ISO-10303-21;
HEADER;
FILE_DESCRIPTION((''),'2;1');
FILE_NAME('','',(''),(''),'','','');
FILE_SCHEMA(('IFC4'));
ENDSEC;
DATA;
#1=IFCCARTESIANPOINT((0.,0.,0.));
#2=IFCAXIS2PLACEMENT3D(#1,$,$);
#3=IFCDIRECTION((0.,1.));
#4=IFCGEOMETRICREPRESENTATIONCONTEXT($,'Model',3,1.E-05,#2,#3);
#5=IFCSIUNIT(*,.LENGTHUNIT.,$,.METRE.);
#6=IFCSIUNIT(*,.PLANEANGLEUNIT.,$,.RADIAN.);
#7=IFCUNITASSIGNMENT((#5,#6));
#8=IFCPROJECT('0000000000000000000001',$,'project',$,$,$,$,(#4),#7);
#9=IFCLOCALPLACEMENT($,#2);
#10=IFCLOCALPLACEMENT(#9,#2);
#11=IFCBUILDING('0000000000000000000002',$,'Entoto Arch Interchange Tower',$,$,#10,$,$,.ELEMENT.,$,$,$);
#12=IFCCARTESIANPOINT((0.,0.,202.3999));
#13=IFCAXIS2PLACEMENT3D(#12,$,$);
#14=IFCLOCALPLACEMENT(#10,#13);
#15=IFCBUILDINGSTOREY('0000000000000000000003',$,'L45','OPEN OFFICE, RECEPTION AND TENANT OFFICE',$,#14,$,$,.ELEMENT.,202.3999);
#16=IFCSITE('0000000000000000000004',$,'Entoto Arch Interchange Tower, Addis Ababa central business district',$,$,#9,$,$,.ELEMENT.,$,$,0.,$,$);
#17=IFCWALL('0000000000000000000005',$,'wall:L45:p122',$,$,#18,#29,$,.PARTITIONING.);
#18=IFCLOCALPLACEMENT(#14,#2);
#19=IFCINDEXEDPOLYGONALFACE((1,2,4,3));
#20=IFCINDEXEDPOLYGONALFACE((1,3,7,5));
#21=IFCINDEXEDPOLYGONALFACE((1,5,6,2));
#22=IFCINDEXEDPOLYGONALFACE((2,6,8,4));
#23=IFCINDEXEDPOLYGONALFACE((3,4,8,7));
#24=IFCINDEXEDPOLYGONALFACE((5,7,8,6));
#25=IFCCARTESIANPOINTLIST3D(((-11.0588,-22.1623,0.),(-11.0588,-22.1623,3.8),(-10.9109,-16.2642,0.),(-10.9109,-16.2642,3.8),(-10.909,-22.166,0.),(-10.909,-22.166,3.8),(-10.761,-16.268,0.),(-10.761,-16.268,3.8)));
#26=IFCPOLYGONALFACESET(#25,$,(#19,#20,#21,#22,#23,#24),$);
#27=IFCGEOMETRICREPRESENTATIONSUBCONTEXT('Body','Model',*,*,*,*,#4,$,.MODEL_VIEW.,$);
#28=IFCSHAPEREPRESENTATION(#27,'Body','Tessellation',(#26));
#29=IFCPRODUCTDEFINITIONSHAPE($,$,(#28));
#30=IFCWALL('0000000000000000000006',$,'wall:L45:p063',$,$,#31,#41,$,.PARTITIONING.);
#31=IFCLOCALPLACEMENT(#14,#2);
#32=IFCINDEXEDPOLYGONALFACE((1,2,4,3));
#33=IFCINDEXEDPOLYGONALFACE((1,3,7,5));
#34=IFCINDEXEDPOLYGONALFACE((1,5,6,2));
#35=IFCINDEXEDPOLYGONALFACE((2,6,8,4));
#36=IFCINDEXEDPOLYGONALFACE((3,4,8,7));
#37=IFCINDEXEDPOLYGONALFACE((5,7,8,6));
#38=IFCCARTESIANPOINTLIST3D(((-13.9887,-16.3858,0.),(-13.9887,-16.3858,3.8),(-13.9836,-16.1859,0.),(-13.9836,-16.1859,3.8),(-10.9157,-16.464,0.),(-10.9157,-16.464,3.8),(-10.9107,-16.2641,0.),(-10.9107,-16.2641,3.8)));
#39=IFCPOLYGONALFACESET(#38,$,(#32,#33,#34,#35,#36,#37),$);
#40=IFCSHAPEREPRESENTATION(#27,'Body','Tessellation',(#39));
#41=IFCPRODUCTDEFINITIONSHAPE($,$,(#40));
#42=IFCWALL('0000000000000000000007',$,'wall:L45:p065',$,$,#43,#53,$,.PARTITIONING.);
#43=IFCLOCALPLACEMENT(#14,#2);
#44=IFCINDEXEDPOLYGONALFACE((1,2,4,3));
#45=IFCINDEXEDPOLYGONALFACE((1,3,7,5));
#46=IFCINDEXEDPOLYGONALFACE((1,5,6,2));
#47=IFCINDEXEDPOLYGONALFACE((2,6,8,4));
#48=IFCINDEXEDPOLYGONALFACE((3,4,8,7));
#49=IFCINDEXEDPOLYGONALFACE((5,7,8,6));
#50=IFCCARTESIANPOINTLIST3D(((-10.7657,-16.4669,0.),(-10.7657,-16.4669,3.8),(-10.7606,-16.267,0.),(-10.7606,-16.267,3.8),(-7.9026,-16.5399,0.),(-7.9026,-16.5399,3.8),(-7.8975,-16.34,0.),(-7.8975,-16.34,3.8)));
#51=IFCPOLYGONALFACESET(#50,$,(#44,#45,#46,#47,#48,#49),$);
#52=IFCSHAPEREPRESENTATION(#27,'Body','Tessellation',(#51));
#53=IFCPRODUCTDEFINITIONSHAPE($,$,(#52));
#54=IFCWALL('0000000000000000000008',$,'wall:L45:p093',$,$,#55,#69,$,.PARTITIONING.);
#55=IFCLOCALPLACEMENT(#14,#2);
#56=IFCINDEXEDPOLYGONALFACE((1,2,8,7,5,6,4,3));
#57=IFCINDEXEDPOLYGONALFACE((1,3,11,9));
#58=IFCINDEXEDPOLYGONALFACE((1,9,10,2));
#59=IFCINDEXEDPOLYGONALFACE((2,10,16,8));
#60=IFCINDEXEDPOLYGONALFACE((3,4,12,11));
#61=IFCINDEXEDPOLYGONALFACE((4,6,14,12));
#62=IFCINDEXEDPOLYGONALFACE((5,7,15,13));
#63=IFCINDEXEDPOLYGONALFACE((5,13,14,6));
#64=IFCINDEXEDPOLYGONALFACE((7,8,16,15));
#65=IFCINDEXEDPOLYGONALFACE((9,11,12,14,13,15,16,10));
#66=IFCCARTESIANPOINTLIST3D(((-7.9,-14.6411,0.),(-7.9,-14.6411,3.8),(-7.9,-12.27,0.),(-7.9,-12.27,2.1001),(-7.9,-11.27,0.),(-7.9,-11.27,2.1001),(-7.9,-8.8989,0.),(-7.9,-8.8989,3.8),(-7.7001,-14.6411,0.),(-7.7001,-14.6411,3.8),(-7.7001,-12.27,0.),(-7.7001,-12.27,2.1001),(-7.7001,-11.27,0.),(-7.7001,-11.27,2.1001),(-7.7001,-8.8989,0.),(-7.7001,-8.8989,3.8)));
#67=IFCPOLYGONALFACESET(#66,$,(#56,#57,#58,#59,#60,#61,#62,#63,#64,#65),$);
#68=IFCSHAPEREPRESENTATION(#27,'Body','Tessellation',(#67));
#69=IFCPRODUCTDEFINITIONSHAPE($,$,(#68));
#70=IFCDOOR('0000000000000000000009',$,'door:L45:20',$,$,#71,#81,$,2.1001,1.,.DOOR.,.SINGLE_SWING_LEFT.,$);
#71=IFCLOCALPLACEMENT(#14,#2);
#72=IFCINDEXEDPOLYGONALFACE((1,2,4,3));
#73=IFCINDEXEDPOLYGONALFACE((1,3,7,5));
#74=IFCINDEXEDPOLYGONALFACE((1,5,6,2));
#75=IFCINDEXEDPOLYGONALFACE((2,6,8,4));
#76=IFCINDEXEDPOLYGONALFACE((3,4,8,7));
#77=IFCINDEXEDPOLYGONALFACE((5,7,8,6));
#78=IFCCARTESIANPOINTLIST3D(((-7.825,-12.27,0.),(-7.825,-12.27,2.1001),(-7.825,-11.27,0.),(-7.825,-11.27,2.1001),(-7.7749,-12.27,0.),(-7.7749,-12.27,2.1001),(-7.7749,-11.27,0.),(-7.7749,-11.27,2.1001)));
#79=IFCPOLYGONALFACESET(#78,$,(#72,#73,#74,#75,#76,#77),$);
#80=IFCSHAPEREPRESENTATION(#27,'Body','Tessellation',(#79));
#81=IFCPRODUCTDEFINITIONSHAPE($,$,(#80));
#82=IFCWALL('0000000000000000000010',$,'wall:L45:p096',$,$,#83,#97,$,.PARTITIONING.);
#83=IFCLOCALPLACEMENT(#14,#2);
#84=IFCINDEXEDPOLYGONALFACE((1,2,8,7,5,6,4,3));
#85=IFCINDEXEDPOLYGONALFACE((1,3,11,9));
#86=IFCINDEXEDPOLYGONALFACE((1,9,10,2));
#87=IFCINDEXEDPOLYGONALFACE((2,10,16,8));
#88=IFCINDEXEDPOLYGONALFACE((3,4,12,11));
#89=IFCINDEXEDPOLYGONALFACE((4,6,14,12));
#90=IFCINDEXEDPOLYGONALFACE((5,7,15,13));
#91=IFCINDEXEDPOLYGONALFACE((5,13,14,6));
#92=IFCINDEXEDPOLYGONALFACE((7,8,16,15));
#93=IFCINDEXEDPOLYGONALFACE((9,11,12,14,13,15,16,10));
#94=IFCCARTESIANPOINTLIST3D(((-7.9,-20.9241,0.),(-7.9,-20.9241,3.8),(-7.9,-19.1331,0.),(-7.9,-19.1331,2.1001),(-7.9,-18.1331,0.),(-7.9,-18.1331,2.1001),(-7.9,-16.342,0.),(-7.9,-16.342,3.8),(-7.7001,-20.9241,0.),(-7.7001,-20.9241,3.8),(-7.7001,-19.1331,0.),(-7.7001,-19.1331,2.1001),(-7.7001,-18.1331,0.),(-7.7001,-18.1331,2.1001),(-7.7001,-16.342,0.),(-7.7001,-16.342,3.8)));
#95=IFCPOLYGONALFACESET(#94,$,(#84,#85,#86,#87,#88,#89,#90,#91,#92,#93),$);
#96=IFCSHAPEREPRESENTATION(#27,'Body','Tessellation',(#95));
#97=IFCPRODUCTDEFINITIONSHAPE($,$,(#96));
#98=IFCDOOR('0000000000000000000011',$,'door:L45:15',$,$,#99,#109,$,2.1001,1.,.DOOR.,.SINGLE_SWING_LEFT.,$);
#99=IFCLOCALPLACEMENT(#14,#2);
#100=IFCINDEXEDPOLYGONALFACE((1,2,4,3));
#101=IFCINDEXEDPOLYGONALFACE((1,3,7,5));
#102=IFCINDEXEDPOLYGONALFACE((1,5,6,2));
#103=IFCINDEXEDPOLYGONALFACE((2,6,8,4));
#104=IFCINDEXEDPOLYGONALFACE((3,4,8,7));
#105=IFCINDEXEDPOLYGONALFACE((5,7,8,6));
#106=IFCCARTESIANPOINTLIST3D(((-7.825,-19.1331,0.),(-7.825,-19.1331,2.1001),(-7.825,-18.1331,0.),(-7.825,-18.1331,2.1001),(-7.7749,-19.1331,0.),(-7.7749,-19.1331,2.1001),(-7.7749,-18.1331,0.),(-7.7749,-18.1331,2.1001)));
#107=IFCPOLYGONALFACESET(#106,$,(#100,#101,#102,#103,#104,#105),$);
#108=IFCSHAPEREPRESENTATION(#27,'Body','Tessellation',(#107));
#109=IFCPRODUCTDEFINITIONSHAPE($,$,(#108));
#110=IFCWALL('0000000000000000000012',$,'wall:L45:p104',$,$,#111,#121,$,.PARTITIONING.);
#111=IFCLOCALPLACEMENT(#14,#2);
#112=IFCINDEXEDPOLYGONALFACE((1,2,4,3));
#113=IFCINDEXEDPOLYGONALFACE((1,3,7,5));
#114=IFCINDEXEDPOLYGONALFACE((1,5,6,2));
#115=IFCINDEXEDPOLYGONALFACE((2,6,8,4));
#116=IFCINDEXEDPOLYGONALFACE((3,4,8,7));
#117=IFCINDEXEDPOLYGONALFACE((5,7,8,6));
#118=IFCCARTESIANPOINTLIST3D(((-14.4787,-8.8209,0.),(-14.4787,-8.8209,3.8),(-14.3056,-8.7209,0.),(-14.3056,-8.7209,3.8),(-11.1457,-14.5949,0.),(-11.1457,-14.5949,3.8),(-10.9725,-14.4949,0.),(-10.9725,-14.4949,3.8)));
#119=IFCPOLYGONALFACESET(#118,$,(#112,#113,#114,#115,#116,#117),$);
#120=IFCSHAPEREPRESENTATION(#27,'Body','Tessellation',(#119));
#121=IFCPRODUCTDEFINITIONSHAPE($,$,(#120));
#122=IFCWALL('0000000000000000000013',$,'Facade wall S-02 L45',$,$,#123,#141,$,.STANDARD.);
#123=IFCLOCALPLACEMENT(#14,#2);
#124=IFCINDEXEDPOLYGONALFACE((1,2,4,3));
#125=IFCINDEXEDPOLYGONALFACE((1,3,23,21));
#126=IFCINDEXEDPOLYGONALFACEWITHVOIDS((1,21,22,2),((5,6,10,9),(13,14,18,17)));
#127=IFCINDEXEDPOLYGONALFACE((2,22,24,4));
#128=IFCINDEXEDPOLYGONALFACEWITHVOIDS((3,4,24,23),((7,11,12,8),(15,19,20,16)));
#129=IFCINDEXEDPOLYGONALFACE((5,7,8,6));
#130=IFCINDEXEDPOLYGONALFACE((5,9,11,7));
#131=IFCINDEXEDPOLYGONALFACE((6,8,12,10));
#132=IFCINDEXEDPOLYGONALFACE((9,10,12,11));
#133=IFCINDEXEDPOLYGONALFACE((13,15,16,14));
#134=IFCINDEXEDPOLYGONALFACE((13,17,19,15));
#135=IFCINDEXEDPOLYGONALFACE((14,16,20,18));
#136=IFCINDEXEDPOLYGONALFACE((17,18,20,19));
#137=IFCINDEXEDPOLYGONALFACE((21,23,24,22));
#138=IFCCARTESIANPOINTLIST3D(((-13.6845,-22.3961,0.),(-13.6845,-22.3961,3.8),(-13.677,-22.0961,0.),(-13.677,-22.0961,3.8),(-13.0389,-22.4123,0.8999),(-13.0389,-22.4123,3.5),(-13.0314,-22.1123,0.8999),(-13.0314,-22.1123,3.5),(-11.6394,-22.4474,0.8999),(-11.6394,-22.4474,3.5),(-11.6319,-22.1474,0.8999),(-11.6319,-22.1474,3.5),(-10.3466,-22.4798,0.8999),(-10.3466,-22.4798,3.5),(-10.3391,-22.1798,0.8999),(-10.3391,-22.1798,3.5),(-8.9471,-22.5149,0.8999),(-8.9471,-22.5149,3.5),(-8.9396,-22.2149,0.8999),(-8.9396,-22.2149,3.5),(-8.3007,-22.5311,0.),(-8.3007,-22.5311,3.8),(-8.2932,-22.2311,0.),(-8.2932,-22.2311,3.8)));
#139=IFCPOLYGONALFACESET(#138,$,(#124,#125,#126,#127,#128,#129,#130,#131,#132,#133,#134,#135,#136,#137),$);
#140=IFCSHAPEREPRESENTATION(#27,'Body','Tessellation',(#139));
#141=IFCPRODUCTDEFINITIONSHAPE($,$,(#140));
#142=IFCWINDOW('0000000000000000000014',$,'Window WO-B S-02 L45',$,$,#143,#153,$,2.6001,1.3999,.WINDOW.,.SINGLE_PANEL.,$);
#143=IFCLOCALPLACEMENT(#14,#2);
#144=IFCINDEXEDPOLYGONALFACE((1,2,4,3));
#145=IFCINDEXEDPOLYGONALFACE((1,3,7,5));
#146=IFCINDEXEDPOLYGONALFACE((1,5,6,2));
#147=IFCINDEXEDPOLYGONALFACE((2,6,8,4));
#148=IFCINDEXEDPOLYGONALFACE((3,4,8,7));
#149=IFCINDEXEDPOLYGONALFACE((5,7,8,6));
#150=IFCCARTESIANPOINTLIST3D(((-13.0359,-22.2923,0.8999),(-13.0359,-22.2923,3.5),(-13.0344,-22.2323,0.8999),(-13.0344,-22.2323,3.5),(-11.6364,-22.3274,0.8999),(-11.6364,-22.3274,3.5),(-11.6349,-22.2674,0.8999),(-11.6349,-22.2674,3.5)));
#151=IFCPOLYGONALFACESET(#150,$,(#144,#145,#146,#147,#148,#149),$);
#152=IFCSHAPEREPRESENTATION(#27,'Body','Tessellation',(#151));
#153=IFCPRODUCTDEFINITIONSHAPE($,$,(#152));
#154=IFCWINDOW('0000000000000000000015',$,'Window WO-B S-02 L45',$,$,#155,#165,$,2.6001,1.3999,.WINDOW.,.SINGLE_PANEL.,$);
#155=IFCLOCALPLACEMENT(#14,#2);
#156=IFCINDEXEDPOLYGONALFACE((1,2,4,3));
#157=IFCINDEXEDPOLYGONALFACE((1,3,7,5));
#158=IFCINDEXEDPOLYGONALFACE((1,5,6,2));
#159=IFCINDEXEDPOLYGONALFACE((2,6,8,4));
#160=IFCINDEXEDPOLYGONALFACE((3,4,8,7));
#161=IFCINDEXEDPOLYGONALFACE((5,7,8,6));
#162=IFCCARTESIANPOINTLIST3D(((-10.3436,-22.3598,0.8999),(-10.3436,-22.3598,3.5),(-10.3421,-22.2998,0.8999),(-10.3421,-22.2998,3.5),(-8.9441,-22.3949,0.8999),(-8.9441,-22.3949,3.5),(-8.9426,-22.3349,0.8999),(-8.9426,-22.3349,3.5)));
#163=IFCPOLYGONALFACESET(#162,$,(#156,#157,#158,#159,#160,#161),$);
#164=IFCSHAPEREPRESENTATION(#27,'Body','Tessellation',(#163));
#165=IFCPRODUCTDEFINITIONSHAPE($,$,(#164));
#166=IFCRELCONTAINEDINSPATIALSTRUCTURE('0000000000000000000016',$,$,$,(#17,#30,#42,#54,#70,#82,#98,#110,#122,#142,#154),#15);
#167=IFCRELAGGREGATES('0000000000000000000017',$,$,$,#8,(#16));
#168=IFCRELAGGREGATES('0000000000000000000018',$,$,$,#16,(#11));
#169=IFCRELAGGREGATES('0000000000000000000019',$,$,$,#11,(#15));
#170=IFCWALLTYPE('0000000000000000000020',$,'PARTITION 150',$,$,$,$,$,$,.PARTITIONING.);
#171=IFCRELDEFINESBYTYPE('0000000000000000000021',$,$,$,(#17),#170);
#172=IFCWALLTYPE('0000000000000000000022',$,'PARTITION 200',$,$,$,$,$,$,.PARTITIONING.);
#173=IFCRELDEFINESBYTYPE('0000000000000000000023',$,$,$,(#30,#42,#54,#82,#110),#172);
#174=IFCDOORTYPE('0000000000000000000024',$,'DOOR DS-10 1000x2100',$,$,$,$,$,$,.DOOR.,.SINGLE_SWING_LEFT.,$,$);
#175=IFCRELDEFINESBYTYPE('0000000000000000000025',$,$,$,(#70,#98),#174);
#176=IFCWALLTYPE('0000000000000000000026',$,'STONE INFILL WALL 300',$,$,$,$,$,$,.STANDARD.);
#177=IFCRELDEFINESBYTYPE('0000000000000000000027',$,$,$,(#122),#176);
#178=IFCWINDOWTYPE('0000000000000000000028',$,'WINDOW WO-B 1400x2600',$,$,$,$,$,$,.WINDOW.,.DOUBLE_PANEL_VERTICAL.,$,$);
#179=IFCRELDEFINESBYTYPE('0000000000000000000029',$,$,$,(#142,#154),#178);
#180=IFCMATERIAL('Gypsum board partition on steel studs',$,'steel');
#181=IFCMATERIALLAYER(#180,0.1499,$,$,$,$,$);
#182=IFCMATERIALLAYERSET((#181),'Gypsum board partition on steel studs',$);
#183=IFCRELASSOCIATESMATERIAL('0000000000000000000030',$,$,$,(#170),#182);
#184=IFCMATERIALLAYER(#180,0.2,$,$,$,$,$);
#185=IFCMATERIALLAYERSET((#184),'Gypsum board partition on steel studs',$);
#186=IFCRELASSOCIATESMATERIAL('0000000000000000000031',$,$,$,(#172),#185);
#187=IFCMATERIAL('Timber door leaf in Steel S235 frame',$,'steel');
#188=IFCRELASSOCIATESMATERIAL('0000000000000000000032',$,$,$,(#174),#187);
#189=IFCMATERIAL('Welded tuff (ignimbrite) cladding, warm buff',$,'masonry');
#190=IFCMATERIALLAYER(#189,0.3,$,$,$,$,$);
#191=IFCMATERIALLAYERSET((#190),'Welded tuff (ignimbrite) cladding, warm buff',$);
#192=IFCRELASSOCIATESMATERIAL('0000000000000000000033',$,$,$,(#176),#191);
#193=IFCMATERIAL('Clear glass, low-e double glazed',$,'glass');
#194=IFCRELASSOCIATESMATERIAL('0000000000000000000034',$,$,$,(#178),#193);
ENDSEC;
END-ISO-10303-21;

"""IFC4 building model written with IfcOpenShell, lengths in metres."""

from ifc_helpers import new_model, si_unit, direction, frame, frame_2d, origin, place, context, subcontext, project, spatial, rectangle, extrude, material, layer, layer_set, type_object, element, fill, save


model = new_model("IFC4")

# Units and contexts
model_context = context("Model", 3, precision=1e-05, world=origin(), true_north=direction((0.0, 1.0)))
body_context = subcontext(model_context, "Body", "Model", "MODEL_VIEW")
ifc_project = project(units=[si_unit("LENGTHUNIT", "METRE"), si_unit("PLANEANGLEUNIT", "RADIAN")], contexts=[model_context])

# Site, building, storey
site_placement = place(None, origin())
site = spatial("IfcSite", under=ifc_project, at=site_placement, Name="Entoto Arch Interchange Tower, Addis Ababa central business district", CompositionType="ELEMENT", RefElevation=0.0)
building_placement = place(site_placement, origin())
building = spatial("IfcBuilding", under=site, at=building_placement, Name="Entoto Arch Interchange Tower", CompositionType="ELEMENT")
storey_placement = place(building_placement, frame((0.0, 0.0, 202.3999)))
storey = spatial("IfcBuildingStorey", under=building, at=storey_placement, Name="L45", Description="OPEN OFFICE, RECEPTION AND TENANT OFFICE", CompositionType="ELEMENT", Elevation=202.3999)

# Shared definitions
ifc_material_1 = material(Name="Clear glass, low-e double glazed", Category="glass")

# Walls
ifc_material_2 = material(Name="Gypsum board partition on steel studs", Category="steel")
ifc_layer_1 = layer(ifc_material_2, 0.1499)
ifc_layer_set_1 = layer_set([ifc_layer_1], Name="Gypsum board partition on steel studs")
wall_type_1 = type_object("IfcWallType", Name="PARTITION 150", PredefinedType="PARTITIONING", material=ifc_layer_set_1)
wall_1_placement = place(storey_placement, frame((-10.8359, -16.2661, 0.0), z_axis=(0.0, 0.0, 1.0), x_axis=(-0.025077, -0.999686, 0.0)))
element("IfcWall", 1, at=wall_1_placement, inside=storey, type_object=wall_type_1, Name="wall:L45:p122", PredefinedType="PARTITIONING", context=body_context, shape_type="SweptSolid", body=[
    extrude(rectangle(XDim=5.8999, YDim=0.1499, at=frame_2d((2.95, 0.0))), origin(), (0.0, 0.0, 1.0), 3.8),
])
ifc_layer_2 = layer(ifc_material_2, 0.2)
ifc_layer_set_2 = layer_set([ifc_layer_2], Name="Gypsum board partition on steel studs")
wall_type_2 = type_object("IfcWallType", Name="PARTITION 200", PredefinedType="PARTITIONING", material=ifc_layer_set_2)
wall_2_placement = place(storey_placement, frame((-10.9131, -16.364, 0.0), z_axis=(0.0, 0.0, 1.0), x_axis=(-0.999677, 0.025415, 0.0)))
element("IfcWall", 2, at=wall_2_placement, inside=storey, type_object=wall_type_2, Name="wall:L45:p063", PredefinedType="PARTITIONING", context=body_context, shape_type="SweptSolid", body=[
    extrude(rectangle(XDim=3.074, YDim=0.2, at=frame_2d((1.5371, 0.0))), origin(), (0.0, 0.0, 1.0), 3.8),
])
wall_3_placement = place(storey_placement, frame((-7.8999, -16.4399, 0.0), z_axis=(0.0, 0.0, 1.0), x_axis=(-0.999675, 0.025488, 0.0)))
element("IfcWall", 3, at=wall_3_placement, inside=storey, type_object=wall_type_2, Name="wall:L45:p065", PredefinedType="PARTITIONING", context=body_context, shape_type="SweptSolid", body=[
    extrude(rectangle(XDim=2.864, YDim=0.2, at=frame_2d((1.4321, 0.0))), origin(), (0.0, 0.0, 1.0), 3.8),
])

# Walls, openings, doors
wall_4_placement = place(storey_placement, frame((-7.8, -14.6411, 0.0), z_axis=(0.0, 0.0, 1.0), x_axis=(0.0, 1.0, 0.0)))
wall_4 = element("IfcWall", 4, at=wall_4_placement, inside=storey, type_object=wall_type_2, Name="wall:L45:p093", PredefinedType="PARTITIONING", context=body_context, shape_type="SweptSolid", body=[
    extrude(rectangle(XDim=5.7422, YDim=0.2, at=frame_2d((2.8711, 0.0))), origin(), (0.0, 0.0, 1.0), 3.8),
])
opening_1_placement = place(wall_4_placement, frame((2.3711, 0.0, 0.0)))
opening_1 = element("IfcOpeningElement", 5, at=opening_1_placement, cuts=wall_4, PredefinedType="OPENING", context=body_context, shape_type="SweptSolid", body=[
    extrude(rectangle(XDim=1.0, YDim=2.1001, at=frame_2d((0.5, 1.05))), frame((0.0, 0.1099, 0.0), z_axis=(0.0, -1.0, 0.0), x_axis=(1.0, 0.0, 0.0)), (0.0, 0.0, 1.0), 0.22),
])
ifc_material_3 = material(Name="Timber door leaf in Steel S235 frame", Category="steel")
door_type = type_object("IfcDoorType", Name="DOOR DS-10 1000x2100", OperationType="SINGLE_SWING_LEFT", PredefinedType="DOOR", material=ifc_material_3)
door_1_placement = place(opening_1_placement, origin())
door_1 = element("IfcDoor", 6, at=door_1_placement, inside=storey, type_object=door_type, Name="door:L45:20", OperationType="SINGLE_SWING_LEFT", OverallHeight=2.1001, OverallWidth=1.0, PredefinedType="DOOR", context=body_context, shape_type="SweptSolid", body=[
    extrude(rectangle(XDim=1.0, YDim=2.1001, at=frame_2d((0.5, 1.05))), frame((0.0, 0.0249, 0.0), z_axis=(0.0, -1.0, 0.0), x_axis=(1.0, 0.0, 0.0)), (0.0, 0.0, 1.0), 0.05),
])
fill(opening_1, door_1)
wall_5_placement = place(storey_placement, frame((-7.8, -20.9241, 0.0), z_axis=(0.0, 0.0, 1.0), x_axis=(0.0, 1.0, 0.0)))
wall_5 = element("IfcWall", 7, at=wall_5_placement, inside=storey, type_object=wall_type_2, Name="wall:L45:p096", PredefinedType="PARTITIONING", context=body_context, shape_type="SweptSolid", body=[
    extrude(rectangle(XDim=4.582, YDim=0.2, at=frame_2d((2.291, 0.0))), origin(), (0.0, 0.0, 1.0), 3.8),
])
opening_2_placement = place(wall_5_placement, frame((1.791, 0.0, 0.0)))
opening_2 = element("IfcOpeningElement", 8, at=opening_2_placement, cuts=wall_5, PredefinedType="OPENING", context=body_context, shape_type="SweptSolid", body=[
    extrude(rectangle(XDim=1.0, YDim=2.1001, at=frame_2d((0.5, 1.05))), frame((0.0, 0.1099, 0.0), z_axis=(0.0, -1.0, 0.0), x_axis=(1.0, 0.0, 0.0)), (0.0, 0.0, 1.0), 0.22),
])
door_2_placement = place(opening_2_placement, origin())
door_2 = element("IfcDoor", 9, at=door_2_placement, inside=storey, type_object=door_type, Name="door:L45:15", OperationType="SINGLE_SWING_LEFT", OverallHeight=2.1001, OverallWidth=1.0, PredefinedType="DOOR", context=body_context, shape_type="SweptSolid", body=[
    extrude(rectangle(XDim=1.0, YDim=2.1001, at=frame_2d((0.5, 1.05))), frame((0.0, 0.0249, 0.0), z_axis=(0.0, -1.0, 0.0), x_axis=(1.0, 0.0, 0.0)), (0.0, 0.0, 1.0), 0.05),
])
fill(opening_2, door_2)

# Wall
wall_6_placement = place(storey_placement, frame((-11.0591, -14.5449, 0.0), z_axis=(0.0, 0.0, 1.0), x_axis=(-0.499936, 0.866062, 0.0)))
element("IfcWall", 10, at=wall_6_placement, inside=storey, type_object=wall_type_2, Name="wall:L45:p104", PredefinedType="PARTITIONING", context=body_context, shape_type="SweptSolid", body=[
    extrude(rectangle(XDim=6.667, YDim=0.2, at=frame_2d((3.3335, 0.0))), origin(), (0.0, 0.0, 1.0), 3.8),
])

# Wall, openings, windows
ifc_material_4 = material(Name="Welded tuff (ignimbrite) cladding, warm buff", Category="masonry")
ifc_layer_3 = layer(ifc_material_4, 0.3)
ifc_layer_set_3 = layer_set([ifc_layer_3], Name="Welded tuff (ignimbrite) cladding, warm buff")
wall_type_3 = type_object("IfcWallType", Name="STONE INFILL WALL 300", PredefinedType="STANDARD", material=ifc_layer_set_3)
wall_7_placement = place(storey_placement, frame((-13.6809, -22.2461, 0.0), z_axis=(0.0, 0.0, 1.0), x_axis=(0.999686, -0.025069, 0.0)))
wall_7 = element("IfcWall", 11, at=wall_7_placement, inside=storey, type_object=wall_type_3, Name="Facade wall S-02 L45", PredefinedType="STANDARD", context=body_context, shape_type="SweptSolid", body=[
    extrude(rectangle(XDim=5.3855, YDim=0.3, at=frame_2d((2.6929, 0.0))), origin(), (0.0, 0.0, 1.0), 3.8),
])
opening_3_placement = place(wall_7_placement, frame((0.646, 0.0, 0.8999)))
opening_3 = element("IfcOpeningElement", 12, at=opening_3_placement, cuts=wall_7, PredefinedType="OPENING", context=body_context, shape_type="SweptSolid", body=[
    extrude(rectangle(XDim=1.3999, YDim=2.6001, at=frame_2d((0.7, 1.3))), frame((0.0, 0.1602, 0.0), z_axis=(0.0, -1.0, 0.0), x_axis=(1.0, 0.0, 0.0)), (0.0, 0.0, 1.0), 0.3201),
])
opening_4_placement = place(wall_7_placement, frame((3.3391, 0.0, 0.8999)))
opening_4 = element("IfcOpeningElement", 13, at=opening_4_placement, cuts=wall_7, PredefinedType="OPENING", context=body_context, shape_type="SweptSolid", body=[
    extrude(rectangle(XDim=1.3999, YDim=2.6001, at=frame_2d((0.7, 1.3))), frame((0.0, 0.1602, 0.0), z_axis=(0.0, -1.0, 0.0), x_axis=(1.0, 0.0, 0.0)), (0.0, 0.0, 1.0), 0.3201),
])
window_type = type_object("IfcWindowType", Name="WINDOW WO-B 1400x2600", PartitioningType="DOUBLE_PANEL_VERTICAL", PredefinedType="WINDOW", material=ifc_material_1)
window_1_placement = place(opening_3_placement, origin())
window_1 = element("IfcWindow", 14, at=window_1_placement, inside=storey, type_object=window_type, Name="Window WO-B S-02 L45", OverallHeight=2.6001, OverallWidth=1.3999, PartitioningType="SINGLE_PANEL", PredefinedType="WINDOW", context=body_context, shape_type="SweptSolid", body=[
    extrude(rectangle(XDim=1.3999, YDim=2.6001, at=frame_2d((0.7, 1.3))), frame((0.0, 0.03, 0.0), z_axis=(0.0, -1.0, 0.0), x_axis=(1.0, 0.0, 0.0)), (0.0, 0.0, 1.0), 0.0601),
])
fill(opening_3, window_1)
window_2_placement = place(opening_4_placement, origin())
window_2 = element("IfcWindow", 15, at=window_2_placement, inside=storey, type_object=window_type, Name="Window WO-B S-02 L45", OverallHeight=2.6001, OverallWidth=1.3999, PartitioningType="SINGLE_PANEL", PredefinedType="WINDOW", context=body_context, shape_type="SweptSolid", body=[
    extrude(rectangle(XDim=1.3999, YDim=2.6001, at=frame_2d((0.7, 1.3))), frame((0.0, 0.03, 0.0), z_axis=(0.0, -1.0, 0.0), x_axis=(1.0, 0.0, 0.0)), (0.0, 0.0, 1.0), 0.0601),
])
fill(opening_4, window_2)

save(model, "model.ifc")
